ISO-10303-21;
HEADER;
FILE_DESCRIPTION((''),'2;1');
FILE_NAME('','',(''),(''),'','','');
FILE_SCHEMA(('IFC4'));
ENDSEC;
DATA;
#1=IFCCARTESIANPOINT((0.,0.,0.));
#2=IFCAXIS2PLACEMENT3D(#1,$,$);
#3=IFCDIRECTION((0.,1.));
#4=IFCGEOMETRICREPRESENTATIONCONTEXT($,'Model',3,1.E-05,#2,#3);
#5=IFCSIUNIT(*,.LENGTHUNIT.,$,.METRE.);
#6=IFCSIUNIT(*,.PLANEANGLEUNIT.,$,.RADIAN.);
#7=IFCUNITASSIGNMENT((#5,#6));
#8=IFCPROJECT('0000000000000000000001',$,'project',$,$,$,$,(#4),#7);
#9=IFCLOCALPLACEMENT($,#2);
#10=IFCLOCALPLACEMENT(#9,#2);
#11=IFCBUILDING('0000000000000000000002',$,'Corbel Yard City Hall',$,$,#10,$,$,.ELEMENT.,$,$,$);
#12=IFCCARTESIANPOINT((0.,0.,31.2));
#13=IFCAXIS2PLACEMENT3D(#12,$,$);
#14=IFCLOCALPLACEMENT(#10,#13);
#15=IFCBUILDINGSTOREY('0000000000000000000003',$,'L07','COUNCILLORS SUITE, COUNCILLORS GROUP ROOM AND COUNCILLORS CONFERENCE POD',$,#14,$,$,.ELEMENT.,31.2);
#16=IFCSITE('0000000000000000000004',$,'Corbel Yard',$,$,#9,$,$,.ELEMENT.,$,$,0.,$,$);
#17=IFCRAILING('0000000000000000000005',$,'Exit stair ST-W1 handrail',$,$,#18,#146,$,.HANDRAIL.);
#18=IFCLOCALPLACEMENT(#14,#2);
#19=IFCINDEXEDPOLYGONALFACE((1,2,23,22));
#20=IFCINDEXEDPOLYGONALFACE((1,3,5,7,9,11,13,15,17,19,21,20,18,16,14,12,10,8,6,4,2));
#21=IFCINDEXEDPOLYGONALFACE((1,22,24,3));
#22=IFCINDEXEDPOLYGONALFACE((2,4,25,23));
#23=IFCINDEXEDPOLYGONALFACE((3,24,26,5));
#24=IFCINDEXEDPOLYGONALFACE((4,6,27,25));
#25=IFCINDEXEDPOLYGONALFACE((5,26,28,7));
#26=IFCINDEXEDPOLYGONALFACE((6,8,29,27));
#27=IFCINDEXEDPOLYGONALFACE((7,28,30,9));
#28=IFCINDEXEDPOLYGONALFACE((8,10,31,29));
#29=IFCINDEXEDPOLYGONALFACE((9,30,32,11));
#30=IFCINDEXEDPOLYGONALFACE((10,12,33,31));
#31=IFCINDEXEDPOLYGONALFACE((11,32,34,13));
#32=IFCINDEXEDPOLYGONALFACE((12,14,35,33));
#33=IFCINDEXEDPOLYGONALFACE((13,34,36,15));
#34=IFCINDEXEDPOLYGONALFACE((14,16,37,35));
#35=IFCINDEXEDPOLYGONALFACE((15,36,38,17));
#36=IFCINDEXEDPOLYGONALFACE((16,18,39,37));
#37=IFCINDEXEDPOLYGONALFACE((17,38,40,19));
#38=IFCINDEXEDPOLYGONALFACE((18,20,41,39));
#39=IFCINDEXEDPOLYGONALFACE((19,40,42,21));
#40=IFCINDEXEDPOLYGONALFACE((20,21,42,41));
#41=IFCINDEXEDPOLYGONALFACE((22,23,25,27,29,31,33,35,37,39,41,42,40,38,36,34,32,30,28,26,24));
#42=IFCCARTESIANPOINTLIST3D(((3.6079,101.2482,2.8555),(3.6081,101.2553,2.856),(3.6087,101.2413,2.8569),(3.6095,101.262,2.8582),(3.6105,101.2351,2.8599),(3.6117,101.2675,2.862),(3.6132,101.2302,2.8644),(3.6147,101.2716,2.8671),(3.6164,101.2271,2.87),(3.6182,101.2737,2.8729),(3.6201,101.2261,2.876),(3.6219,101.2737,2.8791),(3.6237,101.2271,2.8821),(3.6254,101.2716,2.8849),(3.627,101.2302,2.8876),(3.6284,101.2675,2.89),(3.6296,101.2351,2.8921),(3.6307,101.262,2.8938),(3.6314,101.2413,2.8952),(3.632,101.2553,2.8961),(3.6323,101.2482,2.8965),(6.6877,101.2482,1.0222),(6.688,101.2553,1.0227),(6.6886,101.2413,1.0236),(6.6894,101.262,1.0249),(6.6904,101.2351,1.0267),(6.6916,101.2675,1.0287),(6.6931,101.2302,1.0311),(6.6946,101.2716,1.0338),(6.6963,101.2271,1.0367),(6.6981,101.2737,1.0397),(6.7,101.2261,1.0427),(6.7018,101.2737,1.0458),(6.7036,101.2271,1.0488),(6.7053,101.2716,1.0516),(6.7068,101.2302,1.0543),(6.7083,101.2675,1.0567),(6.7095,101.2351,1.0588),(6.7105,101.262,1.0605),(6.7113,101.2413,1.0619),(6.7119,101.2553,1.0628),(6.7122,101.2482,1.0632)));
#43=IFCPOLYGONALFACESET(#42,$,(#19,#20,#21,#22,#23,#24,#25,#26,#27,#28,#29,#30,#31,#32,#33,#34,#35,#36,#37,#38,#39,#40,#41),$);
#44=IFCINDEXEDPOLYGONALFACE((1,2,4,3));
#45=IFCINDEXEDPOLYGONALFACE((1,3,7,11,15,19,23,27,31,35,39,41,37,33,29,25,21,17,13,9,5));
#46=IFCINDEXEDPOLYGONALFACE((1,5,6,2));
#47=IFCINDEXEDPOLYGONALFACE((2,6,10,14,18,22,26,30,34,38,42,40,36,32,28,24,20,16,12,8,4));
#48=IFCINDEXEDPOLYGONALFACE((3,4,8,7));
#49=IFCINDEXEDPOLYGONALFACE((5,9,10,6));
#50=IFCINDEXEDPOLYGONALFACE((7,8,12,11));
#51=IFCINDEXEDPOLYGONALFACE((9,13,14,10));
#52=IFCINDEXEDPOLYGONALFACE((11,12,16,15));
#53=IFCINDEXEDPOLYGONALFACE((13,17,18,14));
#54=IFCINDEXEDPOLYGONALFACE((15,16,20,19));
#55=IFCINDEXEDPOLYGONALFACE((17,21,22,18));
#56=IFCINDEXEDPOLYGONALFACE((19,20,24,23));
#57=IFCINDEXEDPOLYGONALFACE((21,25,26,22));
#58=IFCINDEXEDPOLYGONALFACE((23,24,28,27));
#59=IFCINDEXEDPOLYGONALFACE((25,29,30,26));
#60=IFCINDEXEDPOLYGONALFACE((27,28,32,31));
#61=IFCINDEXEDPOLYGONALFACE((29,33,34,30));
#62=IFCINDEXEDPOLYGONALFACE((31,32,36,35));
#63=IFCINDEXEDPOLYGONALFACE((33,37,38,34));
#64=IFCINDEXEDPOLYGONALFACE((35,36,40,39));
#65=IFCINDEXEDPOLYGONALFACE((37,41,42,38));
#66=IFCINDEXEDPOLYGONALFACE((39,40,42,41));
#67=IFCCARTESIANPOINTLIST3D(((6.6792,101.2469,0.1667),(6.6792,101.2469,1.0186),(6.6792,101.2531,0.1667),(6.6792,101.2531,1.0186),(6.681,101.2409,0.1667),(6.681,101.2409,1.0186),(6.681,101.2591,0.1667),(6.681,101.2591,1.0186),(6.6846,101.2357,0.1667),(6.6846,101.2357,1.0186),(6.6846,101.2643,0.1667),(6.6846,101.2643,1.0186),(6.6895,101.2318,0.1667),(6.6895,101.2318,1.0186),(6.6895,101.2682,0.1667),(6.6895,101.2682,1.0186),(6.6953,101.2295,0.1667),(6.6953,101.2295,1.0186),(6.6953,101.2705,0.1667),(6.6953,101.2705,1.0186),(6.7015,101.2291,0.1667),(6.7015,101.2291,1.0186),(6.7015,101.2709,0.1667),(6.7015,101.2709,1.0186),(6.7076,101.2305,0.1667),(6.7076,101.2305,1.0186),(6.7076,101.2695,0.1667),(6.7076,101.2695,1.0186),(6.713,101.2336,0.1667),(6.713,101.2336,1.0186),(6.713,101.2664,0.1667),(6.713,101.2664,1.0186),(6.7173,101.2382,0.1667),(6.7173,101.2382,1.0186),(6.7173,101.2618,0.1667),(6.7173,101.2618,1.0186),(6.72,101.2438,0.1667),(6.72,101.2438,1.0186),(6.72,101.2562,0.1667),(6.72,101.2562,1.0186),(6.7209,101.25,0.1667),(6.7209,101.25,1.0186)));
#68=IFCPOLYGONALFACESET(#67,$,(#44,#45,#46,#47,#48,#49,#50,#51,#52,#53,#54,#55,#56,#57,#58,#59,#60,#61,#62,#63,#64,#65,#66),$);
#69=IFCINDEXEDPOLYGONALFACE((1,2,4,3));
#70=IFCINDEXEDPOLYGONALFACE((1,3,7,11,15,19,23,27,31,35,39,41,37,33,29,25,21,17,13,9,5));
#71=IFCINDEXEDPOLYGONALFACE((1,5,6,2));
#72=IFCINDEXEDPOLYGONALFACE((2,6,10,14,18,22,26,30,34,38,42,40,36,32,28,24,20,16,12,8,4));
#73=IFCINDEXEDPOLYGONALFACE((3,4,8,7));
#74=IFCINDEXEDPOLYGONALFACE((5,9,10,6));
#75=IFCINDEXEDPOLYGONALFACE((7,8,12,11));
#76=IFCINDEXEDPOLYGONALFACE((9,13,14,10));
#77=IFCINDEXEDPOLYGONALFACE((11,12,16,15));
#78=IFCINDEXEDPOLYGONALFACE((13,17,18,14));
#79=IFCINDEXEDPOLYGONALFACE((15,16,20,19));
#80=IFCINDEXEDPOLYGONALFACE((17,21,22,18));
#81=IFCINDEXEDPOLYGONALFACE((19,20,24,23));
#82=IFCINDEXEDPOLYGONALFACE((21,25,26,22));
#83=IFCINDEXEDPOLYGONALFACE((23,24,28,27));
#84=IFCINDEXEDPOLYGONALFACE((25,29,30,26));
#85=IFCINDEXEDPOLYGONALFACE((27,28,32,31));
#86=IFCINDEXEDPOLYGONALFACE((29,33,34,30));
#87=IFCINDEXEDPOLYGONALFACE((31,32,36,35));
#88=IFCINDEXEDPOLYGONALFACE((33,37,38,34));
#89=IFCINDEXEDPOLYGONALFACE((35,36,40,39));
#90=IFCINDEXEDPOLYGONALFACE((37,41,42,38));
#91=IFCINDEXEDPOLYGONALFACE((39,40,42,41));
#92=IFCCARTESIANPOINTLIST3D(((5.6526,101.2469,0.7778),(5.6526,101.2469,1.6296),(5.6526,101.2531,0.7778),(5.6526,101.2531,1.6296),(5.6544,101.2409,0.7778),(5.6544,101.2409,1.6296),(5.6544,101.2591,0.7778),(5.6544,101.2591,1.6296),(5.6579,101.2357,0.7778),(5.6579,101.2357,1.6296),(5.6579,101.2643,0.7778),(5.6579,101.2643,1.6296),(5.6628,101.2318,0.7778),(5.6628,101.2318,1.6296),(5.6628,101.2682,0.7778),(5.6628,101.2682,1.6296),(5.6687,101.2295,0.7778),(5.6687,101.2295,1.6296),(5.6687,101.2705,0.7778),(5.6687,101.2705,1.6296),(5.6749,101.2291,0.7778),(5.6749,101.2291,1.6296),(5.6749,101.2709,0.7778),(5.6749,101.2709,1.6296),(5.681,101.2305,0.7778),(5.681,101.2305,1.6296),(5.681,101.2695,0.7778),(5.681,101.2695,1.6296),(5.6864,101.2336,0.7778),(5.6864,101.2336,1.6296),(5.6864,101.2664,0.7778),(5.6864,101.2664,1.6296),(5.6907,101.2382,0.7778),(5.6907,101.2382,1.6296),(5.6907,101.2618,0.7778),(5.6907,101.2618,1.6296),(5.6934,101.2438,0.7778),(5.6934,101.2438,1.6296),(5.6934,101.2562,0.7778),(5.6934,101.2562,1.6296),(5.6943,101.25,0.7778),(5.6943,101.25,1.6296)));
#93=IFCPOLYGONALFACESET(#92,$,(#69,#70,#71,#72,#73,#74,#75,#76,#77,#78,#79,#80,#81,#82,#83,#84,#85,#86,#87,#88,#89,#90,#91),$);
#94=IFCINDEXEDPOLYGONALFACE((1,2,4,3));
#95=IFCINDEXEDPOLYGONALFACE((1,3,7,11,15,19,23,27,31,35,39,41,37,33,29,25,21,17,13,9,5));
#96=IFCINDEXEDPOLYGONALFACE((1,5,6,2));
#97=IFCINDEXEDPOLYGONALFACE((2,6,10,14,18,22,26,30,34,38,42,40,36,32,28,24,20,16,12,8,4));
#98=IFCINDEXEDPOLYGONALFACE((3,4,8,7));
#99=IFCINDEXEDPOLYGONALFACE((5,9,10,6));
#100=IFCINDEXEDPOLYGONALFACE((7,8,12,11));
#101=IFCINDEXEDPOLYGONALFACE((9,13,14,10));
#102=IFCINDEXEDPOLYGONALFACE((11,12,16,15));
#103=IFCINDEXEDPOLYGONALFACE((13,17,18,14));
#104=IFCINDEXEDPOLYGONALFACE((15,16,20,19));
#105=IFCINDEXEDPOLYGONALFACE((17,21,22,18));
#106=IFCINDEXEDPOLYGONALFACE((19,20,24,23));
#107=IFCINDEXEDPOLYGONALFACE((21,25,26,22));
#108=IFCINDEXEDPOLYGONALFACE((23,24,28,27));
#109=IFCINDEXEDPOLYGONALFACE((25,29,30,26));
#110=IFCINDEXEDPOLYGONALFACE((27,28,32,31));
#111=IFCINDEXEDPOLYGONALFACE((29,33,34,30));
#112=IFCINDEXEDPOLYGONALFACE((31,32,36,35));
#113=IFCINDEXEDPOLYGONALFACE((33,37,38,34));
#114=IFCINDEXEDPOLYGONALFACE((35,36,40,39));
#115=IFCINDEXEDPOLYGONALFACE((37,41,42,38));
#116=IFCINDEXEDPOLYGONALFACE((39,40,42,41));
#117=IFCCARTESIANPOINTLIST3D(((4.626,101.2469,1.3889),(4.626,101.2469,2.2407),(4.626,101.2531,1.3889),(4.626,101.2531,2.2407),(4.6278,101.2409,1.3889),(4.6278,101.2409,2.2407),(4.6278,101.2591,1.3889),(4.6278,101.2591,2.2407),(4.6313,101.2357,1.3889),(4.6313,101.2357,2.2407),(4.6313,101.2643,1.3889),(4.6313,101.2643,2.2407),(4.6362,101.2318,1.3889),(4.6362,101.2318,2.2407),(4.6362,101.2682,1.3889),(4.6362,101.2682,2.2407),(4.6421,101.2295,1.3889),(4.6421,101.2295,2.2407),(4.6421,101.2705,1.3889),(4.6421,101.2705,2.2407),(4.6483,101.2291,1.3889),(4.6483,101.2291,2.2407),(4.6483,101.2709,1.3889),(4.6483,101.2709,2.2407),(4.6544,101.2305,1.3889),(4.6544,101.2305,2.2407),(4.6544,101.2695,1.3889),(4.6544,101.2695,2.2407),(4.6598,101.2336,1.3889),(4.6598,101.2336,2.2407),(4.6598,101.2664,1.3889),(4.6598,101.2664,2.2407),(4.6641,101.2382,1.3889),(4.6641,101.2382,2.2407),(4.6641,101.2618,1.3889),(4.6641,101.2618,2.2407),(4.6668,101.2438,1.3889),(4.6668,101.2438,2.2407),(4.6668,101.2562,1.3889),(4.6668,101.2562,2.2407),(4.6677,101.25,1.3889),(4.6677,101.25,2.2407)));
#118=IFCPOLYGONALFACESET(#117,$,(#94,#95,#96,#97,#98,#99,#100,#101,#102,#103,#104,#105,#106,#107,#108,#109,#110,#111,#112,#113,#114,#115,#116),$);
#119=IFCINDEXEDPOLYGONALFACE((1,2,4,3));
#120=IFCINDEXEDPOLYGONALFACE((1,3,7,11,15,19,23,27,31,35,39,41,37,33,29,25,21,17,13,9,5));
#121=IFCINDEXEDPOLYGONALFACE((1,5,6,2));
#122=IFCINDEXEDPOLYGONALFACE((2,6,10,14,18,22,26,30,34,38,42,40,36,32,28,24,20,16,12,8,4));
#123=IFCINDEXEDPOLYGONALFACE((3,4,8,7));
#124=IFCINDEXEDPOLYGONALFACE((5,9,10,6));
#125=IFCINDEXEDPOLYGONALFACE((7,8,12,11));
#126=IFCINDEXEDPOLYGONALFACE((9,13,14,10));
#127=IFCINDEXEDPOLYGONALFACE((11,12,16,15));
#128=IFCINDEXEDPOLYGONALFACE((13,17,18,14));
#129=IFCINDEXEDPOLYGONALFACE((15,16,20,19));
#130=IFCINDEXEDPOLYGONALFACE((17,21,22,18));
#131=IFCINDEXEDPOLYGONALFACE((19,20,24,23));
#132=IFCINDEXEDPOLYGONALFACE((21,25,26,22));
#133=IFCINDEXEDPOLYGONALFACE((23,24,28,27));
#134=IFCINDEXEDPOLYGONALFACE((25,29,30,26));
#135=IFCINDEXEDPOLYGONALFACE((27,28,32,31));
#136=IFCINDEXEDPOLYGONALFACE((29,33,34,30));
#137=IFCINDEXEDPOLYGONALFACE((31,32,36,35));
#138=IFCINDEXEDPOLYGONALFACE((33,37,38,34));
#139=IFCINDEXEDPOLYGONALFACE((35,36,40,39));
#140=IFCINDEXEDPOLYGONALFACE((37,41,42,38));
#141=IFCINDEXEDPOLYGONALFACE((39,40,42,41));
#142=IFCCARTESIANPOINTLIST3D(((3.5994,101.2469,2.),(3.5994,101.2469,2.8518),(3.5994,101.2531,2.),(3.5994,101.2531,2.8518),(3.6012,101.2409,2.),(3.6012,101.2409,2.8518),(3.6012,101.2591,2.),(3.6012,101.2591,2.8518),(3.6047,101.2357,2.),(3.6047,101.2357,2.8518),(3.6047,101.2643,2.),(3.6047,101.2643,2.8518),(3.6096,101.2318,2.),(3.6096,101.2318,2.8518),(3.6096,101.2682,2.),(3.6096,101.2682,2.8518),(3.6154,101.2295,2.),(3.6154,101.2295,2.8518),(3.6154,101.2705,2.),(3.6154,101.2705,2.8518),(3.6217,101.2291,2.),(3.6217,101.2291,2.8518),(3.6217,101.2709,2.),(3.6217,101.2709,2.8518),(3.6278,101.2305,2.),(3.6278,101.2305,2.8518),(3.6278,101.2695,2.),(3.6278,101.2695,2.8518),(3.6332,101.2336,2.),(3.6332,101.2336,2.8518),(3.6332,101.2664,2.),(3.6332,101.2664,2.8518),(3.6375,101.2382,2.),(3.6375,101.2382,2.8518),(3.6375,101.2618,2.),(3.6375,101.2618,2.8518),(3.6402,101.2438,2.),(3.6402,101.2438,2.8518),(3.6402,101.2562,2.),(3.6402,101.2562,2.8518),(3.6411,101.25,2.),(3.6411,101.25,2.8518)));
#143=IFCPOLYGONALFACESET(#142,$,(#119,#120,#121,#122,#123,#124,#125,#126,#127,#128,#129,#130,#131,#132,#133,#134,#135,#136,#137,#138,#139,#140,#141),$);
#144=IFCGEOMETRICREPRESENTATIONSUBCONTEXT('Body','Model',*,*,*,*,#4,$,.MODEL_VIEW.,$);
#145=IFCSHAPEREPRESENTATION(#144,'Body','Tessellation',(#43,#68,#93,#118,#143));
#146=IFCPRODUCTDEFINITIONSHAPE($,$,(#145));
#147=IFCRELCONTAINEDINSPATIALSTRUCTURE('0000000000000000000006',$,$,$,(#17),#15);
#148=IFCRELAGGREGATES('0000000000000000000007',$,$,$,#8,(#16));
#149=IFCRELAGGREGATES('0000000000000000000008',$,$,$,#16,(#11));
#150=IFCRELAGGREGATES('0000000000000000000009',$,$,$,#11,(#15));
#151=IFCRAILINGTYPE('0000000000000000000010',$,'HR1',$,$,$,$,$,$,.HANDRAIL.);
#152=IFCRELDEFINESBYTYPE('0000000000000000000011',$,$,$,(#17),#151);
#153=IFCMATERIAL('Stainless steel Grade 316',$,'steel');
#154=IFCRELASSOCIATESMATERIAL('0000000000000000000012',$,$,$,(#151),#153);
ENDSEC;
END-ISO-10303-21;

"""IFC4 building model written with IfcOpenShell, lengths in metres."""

from ifc_helpers import new_model, si_unit, direction, frame, origin, origin_2d, place, context, subcontext, project, spatial, circle, extrude, material, type_object, element, save


model = new_model("IFC4")

# Units and contexts
model_context = context("Model", 3, precision=1e-05, world=origin(), true_north=direction((0.0, 1.0)))
body_context = subcontext(model_context, "Body", "Model", "MODEL_VIEW")
ifc_project = project(units=[si_unit("LENGTHUNIT", "METRE"), si_unit("PLANEANGLEUNIT", "RADIAN")], contexts=[model_context])

# Site, building, storey
site_placement = place(None, origin())
site = spatial("IfcSite", under=ifc_project, at=site_placement, Name="Corbel Yard", CompositionType="ELEMENT", RefElevation=0.0)
building_placement = place(site_placement, origin())
building = spatial("IfcBuilding", under=site, at=building_placement, Name="Corbel Yard City Hall", CompositionType="ELEMENT")
storey_placement = place(building_placement, frame((0.0, 0.0, 31.2)))
storey = spatial("IfcBuildingStorey", under=building, at=storey_placement, Name="L07", Description="COUNCILLORS SUITE, COUNCILLORS GROUP ROOM AND COUNCILLORS CONFERENCE POD", CompositionType="ELEMENT", Elevation=31.2)

# Shared definitions
ifc_material_1 = material(Name="Stainless steel Grade 316", Category="steel")

# Railing
railing_type = type_object("IfcRailingType", Name="HR1", PredefinedType="HANDRAIL", material=ifc_material_1)
for number, where, name in (
    (1, (6.7, 101.25, 0.1667), "Exit stair ST-W1 handrail"),
):
    element("IfcRailing", number, at=place(storey_placement, frame(where)), inside=storey, type_object=railing_type, Name=name, PredefinedType="HANDRAIL", context=body_context, shape_type="SweptSolid", body=[
        extrude(circle(Radius=0.0239, at=origin_2d()), frame((0.0, 0.0, 0.876), z_axis=(-0.859291, 0.0, 0.511487), x_axis=(0.0, -1.0, 0.0)), (0.0, 0.0, 1.0), 3.5842),
        extrude(circle(Radius=0.021, at=origin_2d()), origin(), (0.0, 0.0, 1.0), 0.8518),
        extrude(circle(Radius=0.021, at=origin_2d()), frame((-1.0266, 0.0, 0.6111)), (0.0, 0.0, 1.0), 0.8518),
        extrude(circle(Radius=0.021, at=origin_2d()), frame((-2.0532, 0.0, 1.2222)), (0.0, 0.0, 1.0), 0.8518),
        extrude(circle(Radius=0.021, at=origin_2d()), frame((-3.0798, 0.0, 1.8333)), (0.0, 0.0, 1.0), 0.8518),
    ])

save(model, "model.ifc")
